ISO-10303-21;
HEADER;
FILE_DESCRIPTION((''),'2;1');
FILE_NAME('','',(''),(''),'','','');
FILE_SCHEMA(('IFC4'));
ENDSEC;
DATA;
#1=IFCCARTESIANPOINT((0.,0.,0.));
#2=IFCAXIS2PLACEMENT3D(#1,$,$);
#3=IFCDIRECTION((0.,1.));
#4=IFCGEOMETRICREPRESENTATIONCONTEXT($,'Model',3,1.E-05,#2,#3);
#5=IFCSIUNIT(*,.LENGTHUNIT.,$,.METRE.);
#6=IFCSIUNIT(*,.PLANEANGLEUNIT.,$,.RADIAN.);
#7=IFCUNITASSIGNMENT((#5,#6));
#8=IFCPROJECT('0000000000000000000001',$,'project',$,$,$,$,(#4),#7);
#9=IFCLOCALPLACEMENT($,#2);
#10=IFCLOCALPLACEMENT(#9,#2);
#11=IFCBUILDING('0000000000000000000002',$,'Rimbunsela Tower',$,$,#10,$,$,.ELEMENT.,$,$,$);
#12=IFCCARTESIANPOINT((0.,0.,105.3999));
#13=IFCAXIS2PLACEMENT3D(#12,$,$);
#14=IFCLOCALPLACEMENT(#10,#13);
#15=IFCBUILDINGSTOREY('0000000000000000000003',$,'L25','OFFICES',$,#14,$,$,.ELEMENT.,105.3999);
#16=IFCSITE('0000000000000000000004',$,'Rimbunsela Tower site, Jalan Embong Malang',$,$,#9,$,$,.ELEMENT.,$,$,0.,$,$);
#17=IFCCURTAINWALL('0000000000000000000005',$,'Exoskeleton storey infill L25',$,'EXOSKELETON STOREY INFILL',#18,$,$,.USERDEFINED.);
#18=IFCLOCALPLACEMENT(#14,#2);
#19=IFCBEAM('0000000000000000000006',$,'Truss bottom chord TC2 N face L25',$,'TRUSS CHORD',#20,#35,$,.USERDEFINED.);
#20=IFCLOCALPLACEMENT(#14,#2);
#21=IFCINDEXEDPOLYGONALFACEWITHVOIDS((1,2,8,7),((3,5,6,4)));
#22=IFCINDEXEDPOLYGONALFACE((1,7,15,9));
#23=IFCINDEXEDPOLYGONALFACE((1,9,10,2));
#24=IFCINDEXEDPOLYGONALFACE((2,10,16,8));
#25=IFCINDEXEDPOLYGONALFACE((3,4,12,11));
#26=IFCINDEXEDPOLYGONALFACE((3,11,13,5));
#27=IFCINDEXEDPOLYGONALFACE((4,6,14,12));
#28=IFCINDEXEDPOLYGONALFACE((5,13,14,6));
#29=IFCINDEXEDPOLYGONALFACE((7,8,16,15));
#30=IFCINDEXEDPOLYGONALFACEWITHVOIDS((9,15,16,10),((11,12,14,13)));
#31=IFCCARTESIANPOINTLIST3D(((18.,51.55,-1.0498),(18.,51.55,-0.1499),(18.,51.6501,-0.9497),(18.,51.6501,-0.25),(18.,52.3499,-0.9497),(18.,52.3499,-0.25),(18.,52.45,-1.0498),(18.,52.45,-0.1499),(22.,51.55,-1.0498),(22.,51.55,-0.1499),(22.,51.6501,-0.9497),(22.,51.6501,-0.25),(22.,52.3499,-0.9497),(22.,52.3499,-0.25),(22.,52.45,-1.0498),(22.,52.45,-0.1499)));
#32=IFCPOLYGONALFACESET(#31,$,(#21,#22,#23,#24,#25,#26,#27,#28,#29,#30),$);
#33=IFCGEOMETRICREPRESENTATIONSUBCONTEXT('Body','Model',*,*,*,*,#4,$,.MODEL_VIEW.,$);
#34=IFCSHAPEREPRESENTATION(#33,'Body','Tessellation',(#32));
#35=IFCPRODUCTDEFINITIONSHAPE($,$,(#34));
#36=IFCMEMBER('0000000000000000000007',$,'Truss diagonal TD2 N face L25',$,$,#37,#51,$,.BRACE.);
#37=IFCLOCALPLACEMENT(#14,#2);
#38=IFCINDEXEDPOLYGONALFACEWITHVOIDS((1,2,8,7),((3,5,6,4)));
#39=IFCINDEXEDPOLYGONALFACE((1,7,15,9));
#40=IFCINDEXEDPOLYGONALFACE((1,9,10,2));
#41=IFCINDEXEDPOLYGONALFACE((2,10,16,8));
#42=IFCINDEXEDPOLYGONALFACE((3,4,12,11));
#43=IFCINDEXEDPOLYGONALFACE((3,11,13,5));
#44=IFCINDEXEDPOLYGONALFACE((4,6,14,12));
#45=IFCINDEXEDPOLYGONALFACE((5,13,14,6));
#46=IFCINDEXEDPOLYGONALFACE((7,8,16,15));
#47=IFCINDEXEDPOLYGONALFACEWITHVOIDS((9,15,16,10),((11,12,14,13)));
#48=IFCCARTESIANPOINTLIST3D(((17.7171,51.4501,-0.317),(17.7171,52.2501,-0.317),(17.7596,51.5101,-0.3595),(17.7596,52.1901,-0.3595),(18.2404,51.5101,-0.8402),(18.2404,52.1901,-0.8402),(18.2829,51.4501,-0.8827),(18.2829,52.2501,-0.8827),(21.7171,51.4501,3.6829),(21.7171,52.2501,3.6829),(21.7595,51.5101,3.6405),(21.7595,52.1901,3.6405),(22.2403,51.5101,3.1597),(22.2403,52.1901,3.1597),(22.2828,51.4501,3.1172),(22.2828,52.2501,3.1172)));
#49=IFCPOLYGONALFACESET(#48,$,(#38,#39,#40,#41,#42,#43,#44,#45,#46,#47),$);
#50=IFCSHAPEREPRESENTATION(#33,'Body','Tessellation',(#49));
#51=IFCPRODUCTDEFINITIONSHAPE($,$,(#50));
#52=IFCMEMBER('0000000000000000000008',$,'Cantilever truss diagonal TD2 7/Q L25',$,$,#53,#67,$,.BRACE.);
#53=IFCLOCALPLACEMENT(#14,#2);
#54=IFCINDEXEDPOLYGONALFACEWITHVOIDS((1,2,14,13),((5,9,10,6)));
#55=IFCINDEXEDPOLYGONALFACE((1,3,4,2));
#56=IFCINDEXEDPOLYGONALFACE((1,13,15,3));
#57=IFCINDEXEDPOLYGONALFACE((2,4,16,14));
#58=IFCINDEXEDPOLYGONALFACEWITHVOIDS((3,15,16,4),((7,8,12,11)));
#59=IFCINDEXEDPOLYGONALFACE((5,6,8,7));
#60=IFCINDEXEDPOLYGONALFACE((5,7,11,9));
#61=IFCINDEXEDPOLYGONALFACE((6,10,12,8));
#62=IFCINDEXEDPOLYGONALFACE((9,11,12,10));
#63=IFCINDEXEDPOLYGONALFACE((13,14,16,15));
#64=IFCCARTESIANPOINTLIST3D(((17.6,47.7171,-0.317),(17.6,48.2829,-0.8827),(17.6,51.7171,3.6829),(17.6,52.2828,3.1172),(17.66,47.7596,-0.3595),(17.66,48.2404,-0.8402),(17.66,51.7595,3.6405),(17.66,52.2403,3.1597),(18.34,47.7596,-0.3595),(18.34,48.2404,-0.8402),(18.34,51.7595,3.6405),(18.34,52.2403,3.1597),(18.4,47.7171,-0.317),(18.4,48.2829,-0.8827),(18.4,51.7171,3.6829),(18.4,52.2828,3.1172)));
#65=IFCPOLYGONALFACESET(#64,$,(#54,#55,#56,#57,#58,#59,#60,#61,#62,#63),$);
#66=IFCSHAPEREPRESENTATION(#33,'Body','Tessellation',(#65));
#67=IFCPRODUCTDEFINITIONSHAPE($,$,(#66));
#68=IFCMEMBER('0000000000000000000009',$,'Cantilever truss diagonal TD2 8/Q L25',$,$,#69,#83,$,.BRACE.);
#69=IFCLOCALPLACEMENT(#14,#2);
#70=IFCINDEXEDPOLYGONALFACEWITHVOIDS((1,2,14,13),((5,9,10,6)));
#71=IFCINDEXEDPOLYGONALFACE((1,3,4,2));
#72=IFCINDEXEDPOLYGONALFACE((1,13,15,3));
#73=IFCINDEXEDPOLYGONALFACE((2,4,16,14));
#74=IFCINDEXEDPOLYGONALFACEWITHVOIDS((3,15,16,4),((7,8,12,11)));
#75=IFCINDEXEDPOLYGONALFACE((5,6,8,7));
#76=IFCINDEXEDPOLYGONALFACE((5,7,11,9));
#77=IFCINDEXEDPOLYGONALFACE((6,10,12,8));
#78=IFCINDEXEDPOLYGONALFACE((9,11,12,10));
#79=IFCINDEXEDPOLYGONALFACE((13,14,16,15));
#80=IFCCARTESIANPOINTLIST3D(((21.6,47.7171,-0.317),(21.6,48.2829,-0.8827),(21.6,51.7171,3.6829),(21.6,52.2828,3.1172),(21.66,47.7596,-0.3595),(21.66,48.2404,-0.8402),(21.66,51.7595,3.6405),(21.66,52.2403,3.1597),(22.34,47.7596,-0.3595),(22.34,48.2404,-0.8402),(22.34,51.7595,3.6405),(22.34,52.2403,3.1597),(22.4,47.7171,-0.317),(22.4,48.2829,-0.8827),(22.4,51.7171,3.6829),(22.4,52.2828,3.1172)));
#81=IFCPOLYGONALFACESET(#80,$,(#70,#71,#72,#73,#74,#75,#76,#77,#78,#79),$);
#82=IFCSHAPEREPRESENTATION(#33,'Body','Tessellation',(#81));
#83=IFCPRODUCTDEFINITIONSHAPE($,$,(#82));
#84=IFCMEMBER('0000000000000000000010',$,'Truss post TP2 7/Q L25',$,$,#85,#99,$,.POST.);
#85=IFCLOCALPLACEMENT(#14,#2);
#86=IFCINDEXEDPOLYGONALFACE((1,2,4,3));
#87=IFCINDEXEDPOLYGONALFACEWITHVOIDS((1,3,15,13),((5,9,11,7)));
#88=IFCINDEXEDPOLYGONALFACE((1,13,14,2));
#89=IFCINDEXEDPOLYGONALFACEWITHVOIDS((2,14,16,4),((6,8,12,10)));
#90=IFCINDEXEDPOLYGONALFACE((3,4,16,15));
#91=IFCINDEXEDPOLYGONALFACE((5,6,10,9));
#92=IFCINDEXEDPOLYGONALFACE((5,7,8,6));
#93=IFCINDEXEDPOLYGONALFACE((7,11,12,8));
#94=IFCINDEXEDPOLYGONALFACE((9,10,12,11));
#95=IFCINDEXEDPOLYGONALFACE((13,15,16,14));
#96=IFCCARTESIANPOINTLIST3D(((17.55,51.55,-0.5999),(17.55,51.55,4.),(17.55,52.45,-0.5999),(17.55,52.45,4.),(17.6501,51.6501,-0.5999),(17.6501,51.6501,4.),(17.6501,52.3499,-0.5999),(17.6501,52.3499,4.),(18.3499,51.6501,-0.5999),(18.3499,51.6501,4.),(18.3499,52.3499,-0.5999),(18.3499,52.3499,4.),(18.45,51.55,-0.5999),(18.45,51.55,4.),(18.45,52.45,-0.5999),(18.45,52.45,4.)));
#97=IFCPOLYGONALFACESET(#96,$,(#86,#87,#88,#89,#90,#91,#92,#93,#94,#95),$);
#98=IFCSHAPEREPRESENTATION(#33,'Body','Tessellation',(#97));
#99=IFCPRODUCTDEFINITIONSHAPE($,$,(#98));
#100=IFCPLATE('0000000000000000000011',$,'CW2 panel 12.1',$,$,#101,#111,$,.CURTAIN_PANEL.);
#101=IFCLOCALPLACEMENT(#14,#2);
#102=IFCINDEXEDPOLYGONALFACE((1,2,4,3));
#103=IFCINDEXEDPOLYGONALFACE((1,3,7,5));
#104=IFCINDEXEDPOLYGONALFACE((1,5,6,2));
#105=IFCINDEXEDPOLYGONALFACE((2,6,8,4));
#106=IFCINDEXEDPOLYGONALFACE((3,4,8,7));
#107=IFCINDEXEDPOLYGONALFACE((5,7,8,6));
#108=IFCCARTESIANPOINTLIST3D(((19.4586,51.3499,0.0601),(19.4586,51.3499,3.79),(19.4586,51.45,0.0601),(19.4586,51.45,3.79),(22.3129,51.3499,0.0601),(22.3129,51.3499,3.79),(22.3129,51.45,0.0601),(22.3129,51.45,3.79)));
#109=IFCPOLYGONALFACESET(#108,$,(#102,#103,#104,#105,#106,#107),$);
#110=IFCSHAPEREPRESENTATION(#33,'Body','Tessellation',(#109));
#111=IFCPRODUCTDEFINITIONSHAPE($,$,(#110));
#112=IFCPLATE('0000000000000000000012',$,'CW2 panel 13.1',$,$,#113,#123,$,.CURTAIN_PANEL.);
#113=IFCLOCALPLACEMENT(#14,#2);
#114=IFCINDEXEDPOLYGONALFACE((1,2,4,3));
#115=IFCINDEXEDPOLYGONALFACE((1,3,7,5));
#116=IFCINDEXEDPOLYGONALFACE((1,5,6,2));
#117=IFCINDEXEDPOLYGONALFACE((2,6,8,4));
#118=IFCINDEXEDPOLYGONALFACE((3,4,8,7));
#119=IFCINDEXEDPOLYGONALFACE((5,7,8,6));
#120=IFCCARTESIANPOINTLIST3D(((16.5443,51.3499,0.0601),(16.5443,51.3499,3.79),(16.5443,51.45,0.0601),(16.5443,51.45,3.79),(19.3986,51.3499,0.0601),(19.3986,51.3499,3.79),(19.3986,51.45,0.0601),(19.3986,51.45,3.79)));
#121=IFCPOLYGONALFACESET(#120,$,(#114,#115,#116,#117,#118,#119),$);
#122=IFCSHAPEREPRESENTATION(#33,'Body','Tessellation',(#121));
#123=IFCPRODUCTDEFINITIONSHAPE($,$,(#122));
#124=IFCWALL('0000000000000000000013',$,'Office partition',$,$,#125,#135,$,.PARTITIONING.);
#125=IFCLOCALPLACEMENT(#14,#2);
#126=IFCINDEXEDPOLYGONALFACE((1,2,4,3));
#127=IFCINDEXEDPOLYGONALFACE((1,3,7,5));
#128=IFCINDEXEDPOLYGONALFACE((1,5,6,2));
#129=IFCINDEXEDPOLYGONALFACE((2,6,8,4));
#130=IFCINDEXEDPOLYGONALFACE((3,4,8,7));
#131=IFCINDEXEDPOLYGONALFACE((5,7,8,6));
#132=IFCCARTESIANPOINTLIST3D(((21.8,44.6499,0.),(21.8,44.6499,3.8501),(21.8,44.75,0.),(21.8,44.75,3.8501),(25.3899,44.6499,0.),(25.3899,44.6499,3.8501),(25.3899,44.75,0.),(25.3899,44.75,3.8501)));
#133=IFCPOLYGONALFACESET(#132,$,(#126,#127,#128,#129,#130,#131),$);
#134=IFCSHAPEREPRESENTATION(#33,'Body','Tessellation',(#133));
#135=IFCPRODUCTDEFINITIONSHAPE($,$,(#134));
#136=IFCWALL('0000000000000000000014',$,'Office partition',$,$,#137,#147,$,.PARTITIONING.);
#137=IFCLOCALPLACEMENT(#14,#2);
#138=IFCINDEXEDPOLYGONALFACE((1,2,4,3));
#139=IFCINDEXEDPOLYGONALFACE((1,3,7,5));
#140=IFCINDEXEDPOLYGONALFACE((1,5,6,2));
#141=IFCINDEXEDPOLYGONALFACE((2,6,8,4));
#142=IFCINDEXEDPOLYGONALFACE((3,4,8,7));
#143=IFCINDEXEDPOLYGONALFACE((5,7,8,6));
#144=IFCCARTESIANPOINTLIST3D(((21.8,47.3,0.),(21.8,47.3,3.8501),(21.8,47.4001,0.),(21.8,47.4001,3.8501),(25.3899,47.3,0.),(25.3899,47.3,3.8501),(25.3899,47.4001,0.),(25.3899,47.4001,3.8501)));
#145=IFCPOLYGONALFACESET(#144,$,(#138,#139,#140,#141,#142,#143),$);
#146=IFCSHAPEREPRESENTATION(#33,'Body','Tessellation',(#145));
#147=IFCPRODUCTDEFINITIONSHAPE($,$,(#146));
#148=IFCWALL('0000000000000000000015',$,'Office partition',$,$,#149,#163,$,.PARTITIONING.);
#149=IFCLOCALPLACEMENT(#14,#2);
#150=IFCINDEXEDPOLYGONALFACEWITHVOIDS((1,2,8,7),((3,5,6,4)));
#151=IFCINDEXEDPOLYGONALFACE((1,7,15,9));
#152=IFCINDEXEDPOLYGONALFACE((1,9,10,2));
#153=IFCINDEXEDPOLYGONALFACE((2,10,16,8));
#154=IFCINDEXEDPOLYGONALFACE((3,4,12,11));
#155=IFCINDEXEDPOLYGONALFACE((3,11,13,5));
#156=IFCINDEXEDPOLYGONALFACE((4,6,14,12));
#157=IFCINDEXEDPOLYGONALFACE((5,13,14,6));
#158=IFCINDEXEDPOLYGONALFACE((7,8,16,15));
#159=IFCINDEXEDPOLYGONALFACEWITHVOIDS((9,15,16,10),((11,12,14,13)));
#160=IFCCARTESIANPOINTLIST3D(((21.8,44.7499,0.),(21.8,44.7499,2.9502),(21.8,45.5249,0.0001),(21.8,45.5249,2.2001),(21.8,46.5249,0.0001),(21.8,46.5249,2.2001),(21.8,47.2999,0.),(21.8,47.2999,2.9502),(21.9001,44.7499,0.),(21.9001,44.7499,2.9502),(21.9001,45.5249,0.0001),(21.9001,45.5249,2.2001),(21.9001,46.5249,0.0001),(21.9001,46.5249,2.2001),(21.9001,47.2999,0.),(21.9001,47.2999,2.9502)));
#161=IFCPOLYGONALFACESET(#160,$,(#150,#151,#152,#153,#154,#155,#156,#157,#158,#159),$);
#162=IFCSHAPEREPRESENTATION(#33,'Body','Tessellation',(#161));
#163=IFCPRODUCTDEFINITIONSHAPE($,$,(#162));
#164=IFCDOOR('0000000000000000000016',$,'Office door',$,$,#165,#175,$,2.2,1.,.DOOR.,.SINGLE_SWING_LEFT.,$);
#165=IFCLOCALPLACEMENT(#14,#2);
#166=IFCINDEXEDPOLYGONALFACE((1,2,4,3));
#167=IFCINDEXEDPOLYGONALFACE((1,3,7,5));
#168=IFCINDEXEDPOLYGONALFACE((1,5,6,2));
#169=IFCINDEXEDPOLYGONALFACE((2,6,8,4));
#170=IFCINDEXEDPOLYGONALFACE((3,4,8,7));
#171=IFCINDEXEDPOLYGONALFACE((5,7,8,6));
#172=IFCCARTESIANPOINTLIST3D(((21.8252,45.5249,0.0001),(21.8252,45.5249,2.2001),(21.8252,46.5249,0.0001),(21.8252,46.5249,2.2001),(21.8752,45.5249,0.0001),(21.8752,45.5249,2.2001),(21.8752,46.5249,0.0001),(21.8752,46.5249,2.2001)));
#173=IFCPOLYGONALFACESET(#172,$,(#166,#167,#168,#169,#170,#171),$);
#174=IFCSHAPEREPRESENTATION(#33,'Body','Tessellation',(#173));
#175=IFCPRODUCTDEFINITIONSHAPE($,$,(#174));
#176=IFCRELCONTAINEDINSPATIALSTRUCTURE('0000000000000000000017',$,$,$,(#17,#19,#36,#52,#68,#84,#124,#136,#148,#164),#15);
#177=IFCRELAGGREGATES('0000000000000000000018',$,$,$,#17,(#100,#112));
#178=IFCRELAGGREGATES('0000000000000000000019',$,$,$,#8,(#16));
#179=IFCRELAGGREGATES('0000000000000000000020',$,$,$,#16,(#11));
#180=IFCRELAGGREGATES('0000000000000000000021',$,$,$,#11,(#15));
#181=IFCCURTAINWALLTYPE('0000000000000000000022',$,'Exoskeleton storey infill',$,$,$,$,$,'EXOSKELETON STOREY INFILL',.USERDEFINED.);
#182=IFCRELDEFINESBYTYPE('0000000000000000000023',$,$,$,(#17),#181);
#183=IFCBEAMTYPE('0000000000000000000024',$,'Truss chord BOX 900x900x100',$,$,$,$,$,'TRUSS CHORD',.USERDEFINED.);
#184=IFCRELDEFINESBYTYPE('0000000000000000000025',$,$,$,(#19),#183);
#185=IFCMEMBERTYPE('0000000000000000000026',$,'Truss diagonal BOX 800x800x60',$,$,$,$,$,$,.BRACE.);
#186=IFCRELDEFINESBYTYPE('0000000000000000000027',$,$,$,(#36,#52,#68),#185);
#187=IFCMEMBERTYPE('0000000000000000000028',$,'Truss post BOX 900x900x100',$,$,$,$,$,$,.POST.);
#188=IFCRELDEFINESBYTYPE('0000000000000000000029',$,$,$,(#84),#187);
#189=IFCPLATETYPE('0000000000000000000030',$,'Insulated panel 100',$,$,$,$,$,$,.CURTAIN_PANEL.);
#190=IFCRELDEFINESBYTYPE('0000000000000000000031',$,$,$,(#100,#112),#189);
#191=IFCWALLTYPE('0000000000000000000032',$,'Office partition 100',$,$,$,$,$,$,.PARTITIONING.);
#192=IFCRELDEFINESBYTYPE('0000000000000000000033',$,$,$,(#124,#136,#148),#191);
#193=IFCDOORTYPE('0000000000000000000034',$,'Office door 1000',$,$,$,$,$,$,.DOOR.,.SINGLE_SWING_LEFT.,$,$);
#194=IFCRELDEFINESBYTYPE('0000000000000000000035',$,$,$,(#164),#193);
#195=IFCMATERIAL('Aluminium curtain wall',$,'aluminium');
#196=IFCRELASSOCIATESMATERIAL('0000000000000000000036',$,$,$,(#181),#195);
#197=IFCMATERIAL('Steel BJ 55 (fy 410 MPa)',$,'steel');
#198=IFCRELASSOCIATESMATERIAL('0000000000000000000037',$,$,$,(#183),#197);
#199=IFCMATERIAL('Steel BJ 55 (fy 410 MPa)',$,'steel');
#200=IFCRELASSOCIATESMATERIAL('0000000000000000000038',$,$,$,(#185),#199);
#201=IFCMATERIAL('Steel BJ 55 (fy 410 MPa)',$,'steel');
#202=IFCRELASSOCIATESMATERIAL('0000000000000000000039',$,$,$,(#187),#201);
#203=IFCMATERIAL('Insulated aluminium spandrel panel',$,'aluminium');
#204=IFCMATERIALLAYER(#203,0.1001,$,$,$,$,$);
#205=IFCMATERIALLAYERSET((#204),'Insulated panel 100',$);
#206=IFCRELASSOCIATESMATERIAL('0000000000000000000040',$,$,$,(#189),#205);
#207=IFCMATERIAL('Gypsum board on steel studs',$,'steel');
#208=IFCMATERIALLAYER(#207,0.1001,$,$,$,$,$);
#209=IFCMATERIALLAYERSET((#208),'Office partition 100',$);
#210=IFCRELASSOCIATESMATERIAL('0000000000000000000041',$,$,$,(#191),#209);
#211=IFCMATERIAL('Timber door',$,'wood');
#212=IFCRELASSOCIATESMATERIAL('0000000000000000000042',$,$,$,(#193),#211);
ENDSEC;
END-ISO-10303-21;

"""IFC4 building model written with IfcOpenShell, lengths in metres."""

from ifc_helpers import new_model, si_unit, direction, frame, frame_2d, origin, origin_2d, place, context, subcontext, project, spatial, rectangle, hollow_rectangle, extrude, material, layer, layer_set, material_profile, profile_set, type_object, element, fill, aggregate, save


model = new_model("IFC4")

# Units and contexts
model_context = context("Model", 3, precision=1e-05, world=origin(), true_north=direction((0.0, 1.0)))
body_context = subcontext(model_context, "Body", "Model", "MODEL_VIEW")
ifc_project = project(units=[si_unit("LENGTHUNIT", "METRE"), si_unit("PLANEANGLEUNIT", "RADIAN")], contexts=[model_context])

# Site, building, storey
site_placement = place(None, origin())
site = spatial("IfcSite", under=ifc_project, at=site_placement, Name="Rimbunsela Tower site, Jalan Embong Malang", CompositionType="ELEMENT", RefElevation=0.0)
building_placement = place(site_placement, origin())
building = spatial("IfcBuilding", under=site, at=building_placement, Name="Rimbunsela Tower", CompositionType="ELEMENT")
storey_placement = place(building_placement, frame((0.0, 0.0, 105.3999)))
storey = spatial("IfcBuildingStorey", under=building, at=storey_placement, Name="L25", Description="OFFICES", CompositionType="ELEMENT", Elevation=105.3999)

# Curtain wall
ifc_material_1 = material(Name="Aluminium curtain wall", Category="aluminium")
curtain_wall_type = type_object("IfcCurtainWallType", Name="Exoskeleton storey infill", ElementType="EXOSKELETON STOREY INFILL", PredefinedType="USERDEFINED", material=ifc_material_1)
curtain_wall_placement = place(storey_placement, origin())
curtain_wall = element("IfcCurtainWall", 1, at=curtain_wall_placement, inside=storey, type_object=curtain_wall_type, Name="Exoskeleton storey infill L25", ObjectType="EXOSKELETON STOREY INFILL", PredefinedType="USERDEFINED")

# Beam
ifc_material_2 = material(Name="Steel BJ 55 (fy 410 MPa)", Category="steel")
ifc_material_profile_1 = material_profile(ifc_material_2, hollow_rectangle(XDim=0.8999, YDim=0.8999, WallThickness=0.1001, at=origin_2d()), Name="BOX 900x900x100")
ifc_profile_set_1 = profile_set([ifc_material_profile_1], Name="Steel BJ 55 (fy 410 MPa)")
beam_type_1 = type_object("IfcBeamType", Name="Truss chord BOX 900x900x100", ElementType="TRUSS CHORD", PredefinedType="USERDEFINED", material=ifc_profile_set_1)
for number, where, z_axis, x_axis, name in (
    (2, (18.0, 52.0, -0.5999), (1.0, 0.0, 0.0), (0.0, 1.0, 0.0), "Truss bottom chord TC2 N face L25"),
):
    element("IfcBeam", number, at=place(storey_placement, frame(where, z_axis=z_axis, x_axis=x_axis)), inside=storey, type_object=beam_type_1, Name=name, ObjectType="TRUSS CHORD", PredefinedType="USERDEFINED", context=body_context, shape_type="SweptSolid", body=[
        extrude(hollow_rectangle(XDim=0.8999, YDim=0.8999, WallThickness=0.1001, at=origin_2d()), origin(), (0.0, 0.0, 1.0), 4.0),
    ])

# Members
ifc_material_3 = material(Name="Steel BJ 55 (fy 410 MPa)", Category="steel")
ifc_material_profile_2 = material_profile(ifc_material_3, hollow_rectangle(XDim=0.8, YDim=0.8, WallThickness=0.0601, at=origin_2d()), Name="BOX 800x800x60")
ifc_profile_set_2 = profile_set([ifc_material_profile_2], Name="Steel BJ 55 (fy 410 MPa)")
member_type_1 = type_object("IfcMemberType", Name="Truss diagonal BOX 800x800x60", PredefinedType="BRACE", material=ifc_profile_set_2)
for number, where, z_axis, x_axis, name in (
    (3, (18.0, 51.8501, -0.5999), (0.707107, 0.0, 0.707107), (0.0, 1.0, 0.0), "Truss diagonal TD2 N face L25"),
    (4, (18.0, 48.0, -0.5999), (0.0, 0.707107, 0.707107), (-1.0, 0.0, 0.0), "Cantilever truss diagonal TD2 7/Q L25"),
    (5, (22.0, 48.0, -0.5999), (0.0, 0.707107, 0.707107), (-1.0, 0.0, 0.0), "Cantilever truss diagonal TD2 8/Q L25"),
):
    element("IfcMember", number, at=place(storey_placement, frame(where, z_axis=z_axis, x_axis=x_axis)), inside=storey, type_object=member_type_1, Name=name, PredefinedType="BRACE", context=body_context, shape_type="SweptSolid", body=[
        extrude(hollow_rectangle(XDim=0.8, YDim=0.8, WallThickness=0.0601, at=origin_2d()), origin(), (0.0, 0.0, 1.0), 5.6567),
    ])
ifc_material_4 = material(Name="Steel BJ 55 (fy 410 MPa)", Category="steel")
ifc_material_profile_3 = material_profile(ifc_material_4, hollow_rectangle(XDim=0.8999, YDim=0.8999, WallThickness=0.1001, at=origin_2d()), Name="BOX 900x900x100")
ifc_profile_set_3 = profile_set([ifc_material_profile_3], Name="Steel BJ 55 (fy 410 MPa)")
member_type_2 = type_object("IfcMemberType", Name="Truss post BOX 900x900x100", PredefinedType="POST", material=ifc_profile_set_3)
member_1_placement = place(storey_placement, frame((18.0, 52.0, -0.5999), z_axis=(0.0, 0.0, 1.0), x_axis=(1.0, 0.0, 0.0)))
element("IfcMember", 6, at=member_1_placement, inside=storey, type_object=member_type_2, Name="Truss post TP2 7/Q L25", PredefinedType="POST", context=body_context, shape_type="SweptSolid", body=[
    extrude(hollow_rectangle(XDim=0.8999, YDim=0.8999, WallThickness=0.1001, at=origin_2d()), origin(), (0.0, 0.0, 1.0), 4.5999),
])

# Plates
ifc_material_5 = material(Name="Insulated aluminium spandrel panel", Category="aluminium")
ifc_layer_1 = layer(ifc_material_5, 0.1001)
ifc_layer_set_1 = layer_set([ifc_layer_1], Name="Insulated panel 100")
plate_type = type_object("IfcPlateType", Name="Insulated panel 100", PredefinedType="CURTAIN_PANEL", material=ifc_layer_set_1)
plate_1_placement = place(storey_placement, frame((20.8857, 51.3999, 0.0601), z_axis=(0.0, 0.0, 1.0), x_axis=(-1.0, 0.0, 0.0)))
plate_1 = element("IfcPlate", 7, at=plate_1_placement, type_object=plate_type, Name="CW2 panel 12.1", PredefinedType="CURTAIN_PANEL", context=body_context, shape_type="SweptSolid", body=[
    extrude(rectangle(XDim=2.8542, YDim=0.1001, at=origin_2d()), origin(), (0.0, 0.0, 1.0), 3.73),
])
plate_2_placement = place(storey_placement, frame((17.9714, 51.3999, 0.0601), z_axis=(0.0, 0.0, 1.0), x_axis=(-1.0, 0.0, 0.0)))
plate_2 = element("IfcPlate", 8, at=plate_2_placement, type_object=plate_type, Name="CW2 panel 13.1", PredefinedType="CURTAIN_PANEL", context=body_context, shape_type="SweptSolid", body=[
    extrude(rectangle(XDim=2.8542, YDim=0.1001, at=origin_2d()), origin(), (0.0, 0.0, 1.0), 3.73),
])
aggregate(curtain_wall, [plate_1, plate_2])

# Walls
ifc_material_6 = material(Name="Gypsum board on steel studs", Category="steel")
ifc_layer_2 = layer(ifc_material_6, 0.1001)
ifc_layer_set_2 = layer_set([ifc_layer_2], Name="Office partition 100")
wall_type = type_object("IfcWallType", Name="Office partition 100", PredefinedType="PARTITIONING", material=ifc_layer_set_2)
for number, where, z_axis, x_axis, name in (
    (9, (21.8, 44.7, 0.0), (0.0, 0.0, 1.0), (1.0, 0.0, 0.0), "Office partition"),
    (10, (21.8, 47.3501, 0.0), (0.0, 0.0, 1.0), (1.0, 0.0, 0.0), "Office partition"),
):
    element("IfcWall", number, at=place(storey_placement, frame(where, z_axis=z_axis, x_axis=x_axis)), inside=storey, type_object=wall_type, Name=name, PredefinedType="PARTITIONING", context=body_context, shape_type="SweptSolid", body=[
        extrude(rectangle(XDim=3.5898, YDim=0.1001, at=frame_2d((1.7949, 0.0))), origin(), (0.0, 0.0, 1.0), 3.8501),
    ])

# Wall, opening, door
wall_placement = place(storey_placement, frame((21.8501, 44.75, 0.0), z_axis=(0.0, 0.0, 1.0), x_axis=(0.0, 1.0, 0.0)))
wall = element("IfcWall", 11, at=wall_placement, inside=storey, type_object=wall_type, Name="Office partition", PredefinedType="PARTITIONING", context=body_context, shape_type="SweptSolid", body=[
    extrude(rectangle(XDim=2.55, YDim=0.1001, at=frame_2d((1.2749, 0.0))), origin(), (0.0, 0.0, 1.0), 2.9502),
])
opening_placement = place(wall_placement, frame((0.7749, 0.0, 0.0)))
opening = element("IfcOpeningElement", 12, at=opening_placement, cuts=wall, PredefinedType="OPENING", context=body_context, shape_type="SweptSolid", body=[
    extrude(rectangle(XDim=1.0, YDim=2.2, at=frame_2d((0.5, 1.1001))), frame((0.0, 0.0601, 0.0), z_axis=(0.0, -1.0, 0.0), x_axis=(1.0, 0.0, 0.0)), (0.0, 0.0, 1.0), 0.1201),
])
ifc_material_7 = material(Name="Timber door", Category="wood")
door_type = type_object("IfcDoorType", Name="Office door 1000", OperationType="SINGLE_SWING_LEFT", PredefinedType="DOOR", material=ifc_material_7)
door_placement = place(opening_placement, origin())
door = element("IfcDoor", 13, at=door_placement, inside=storey, type_object=door_type, Name="Office door", OperationType="SINGLE_SWING_LEFT", OverallHeight=2.2, OverallWidth=1.0, PredefinedType="DOOR", context=body_context, shape_type="SweptSolid", body=[
    extrude(rectangle(XDim=1.0, YDim=2.2, at=frame_2d((0.5, 1.1001))), frame((0.0, 0.0249, 0.0), z_axis=(0.0, -1.0, 0.0), x_axis=(1.0, 0.0, 0.0)), (0.0, 0.0, 1.0), 0.05),
])
fill(opening, door)

save(model, "model.ifc")
